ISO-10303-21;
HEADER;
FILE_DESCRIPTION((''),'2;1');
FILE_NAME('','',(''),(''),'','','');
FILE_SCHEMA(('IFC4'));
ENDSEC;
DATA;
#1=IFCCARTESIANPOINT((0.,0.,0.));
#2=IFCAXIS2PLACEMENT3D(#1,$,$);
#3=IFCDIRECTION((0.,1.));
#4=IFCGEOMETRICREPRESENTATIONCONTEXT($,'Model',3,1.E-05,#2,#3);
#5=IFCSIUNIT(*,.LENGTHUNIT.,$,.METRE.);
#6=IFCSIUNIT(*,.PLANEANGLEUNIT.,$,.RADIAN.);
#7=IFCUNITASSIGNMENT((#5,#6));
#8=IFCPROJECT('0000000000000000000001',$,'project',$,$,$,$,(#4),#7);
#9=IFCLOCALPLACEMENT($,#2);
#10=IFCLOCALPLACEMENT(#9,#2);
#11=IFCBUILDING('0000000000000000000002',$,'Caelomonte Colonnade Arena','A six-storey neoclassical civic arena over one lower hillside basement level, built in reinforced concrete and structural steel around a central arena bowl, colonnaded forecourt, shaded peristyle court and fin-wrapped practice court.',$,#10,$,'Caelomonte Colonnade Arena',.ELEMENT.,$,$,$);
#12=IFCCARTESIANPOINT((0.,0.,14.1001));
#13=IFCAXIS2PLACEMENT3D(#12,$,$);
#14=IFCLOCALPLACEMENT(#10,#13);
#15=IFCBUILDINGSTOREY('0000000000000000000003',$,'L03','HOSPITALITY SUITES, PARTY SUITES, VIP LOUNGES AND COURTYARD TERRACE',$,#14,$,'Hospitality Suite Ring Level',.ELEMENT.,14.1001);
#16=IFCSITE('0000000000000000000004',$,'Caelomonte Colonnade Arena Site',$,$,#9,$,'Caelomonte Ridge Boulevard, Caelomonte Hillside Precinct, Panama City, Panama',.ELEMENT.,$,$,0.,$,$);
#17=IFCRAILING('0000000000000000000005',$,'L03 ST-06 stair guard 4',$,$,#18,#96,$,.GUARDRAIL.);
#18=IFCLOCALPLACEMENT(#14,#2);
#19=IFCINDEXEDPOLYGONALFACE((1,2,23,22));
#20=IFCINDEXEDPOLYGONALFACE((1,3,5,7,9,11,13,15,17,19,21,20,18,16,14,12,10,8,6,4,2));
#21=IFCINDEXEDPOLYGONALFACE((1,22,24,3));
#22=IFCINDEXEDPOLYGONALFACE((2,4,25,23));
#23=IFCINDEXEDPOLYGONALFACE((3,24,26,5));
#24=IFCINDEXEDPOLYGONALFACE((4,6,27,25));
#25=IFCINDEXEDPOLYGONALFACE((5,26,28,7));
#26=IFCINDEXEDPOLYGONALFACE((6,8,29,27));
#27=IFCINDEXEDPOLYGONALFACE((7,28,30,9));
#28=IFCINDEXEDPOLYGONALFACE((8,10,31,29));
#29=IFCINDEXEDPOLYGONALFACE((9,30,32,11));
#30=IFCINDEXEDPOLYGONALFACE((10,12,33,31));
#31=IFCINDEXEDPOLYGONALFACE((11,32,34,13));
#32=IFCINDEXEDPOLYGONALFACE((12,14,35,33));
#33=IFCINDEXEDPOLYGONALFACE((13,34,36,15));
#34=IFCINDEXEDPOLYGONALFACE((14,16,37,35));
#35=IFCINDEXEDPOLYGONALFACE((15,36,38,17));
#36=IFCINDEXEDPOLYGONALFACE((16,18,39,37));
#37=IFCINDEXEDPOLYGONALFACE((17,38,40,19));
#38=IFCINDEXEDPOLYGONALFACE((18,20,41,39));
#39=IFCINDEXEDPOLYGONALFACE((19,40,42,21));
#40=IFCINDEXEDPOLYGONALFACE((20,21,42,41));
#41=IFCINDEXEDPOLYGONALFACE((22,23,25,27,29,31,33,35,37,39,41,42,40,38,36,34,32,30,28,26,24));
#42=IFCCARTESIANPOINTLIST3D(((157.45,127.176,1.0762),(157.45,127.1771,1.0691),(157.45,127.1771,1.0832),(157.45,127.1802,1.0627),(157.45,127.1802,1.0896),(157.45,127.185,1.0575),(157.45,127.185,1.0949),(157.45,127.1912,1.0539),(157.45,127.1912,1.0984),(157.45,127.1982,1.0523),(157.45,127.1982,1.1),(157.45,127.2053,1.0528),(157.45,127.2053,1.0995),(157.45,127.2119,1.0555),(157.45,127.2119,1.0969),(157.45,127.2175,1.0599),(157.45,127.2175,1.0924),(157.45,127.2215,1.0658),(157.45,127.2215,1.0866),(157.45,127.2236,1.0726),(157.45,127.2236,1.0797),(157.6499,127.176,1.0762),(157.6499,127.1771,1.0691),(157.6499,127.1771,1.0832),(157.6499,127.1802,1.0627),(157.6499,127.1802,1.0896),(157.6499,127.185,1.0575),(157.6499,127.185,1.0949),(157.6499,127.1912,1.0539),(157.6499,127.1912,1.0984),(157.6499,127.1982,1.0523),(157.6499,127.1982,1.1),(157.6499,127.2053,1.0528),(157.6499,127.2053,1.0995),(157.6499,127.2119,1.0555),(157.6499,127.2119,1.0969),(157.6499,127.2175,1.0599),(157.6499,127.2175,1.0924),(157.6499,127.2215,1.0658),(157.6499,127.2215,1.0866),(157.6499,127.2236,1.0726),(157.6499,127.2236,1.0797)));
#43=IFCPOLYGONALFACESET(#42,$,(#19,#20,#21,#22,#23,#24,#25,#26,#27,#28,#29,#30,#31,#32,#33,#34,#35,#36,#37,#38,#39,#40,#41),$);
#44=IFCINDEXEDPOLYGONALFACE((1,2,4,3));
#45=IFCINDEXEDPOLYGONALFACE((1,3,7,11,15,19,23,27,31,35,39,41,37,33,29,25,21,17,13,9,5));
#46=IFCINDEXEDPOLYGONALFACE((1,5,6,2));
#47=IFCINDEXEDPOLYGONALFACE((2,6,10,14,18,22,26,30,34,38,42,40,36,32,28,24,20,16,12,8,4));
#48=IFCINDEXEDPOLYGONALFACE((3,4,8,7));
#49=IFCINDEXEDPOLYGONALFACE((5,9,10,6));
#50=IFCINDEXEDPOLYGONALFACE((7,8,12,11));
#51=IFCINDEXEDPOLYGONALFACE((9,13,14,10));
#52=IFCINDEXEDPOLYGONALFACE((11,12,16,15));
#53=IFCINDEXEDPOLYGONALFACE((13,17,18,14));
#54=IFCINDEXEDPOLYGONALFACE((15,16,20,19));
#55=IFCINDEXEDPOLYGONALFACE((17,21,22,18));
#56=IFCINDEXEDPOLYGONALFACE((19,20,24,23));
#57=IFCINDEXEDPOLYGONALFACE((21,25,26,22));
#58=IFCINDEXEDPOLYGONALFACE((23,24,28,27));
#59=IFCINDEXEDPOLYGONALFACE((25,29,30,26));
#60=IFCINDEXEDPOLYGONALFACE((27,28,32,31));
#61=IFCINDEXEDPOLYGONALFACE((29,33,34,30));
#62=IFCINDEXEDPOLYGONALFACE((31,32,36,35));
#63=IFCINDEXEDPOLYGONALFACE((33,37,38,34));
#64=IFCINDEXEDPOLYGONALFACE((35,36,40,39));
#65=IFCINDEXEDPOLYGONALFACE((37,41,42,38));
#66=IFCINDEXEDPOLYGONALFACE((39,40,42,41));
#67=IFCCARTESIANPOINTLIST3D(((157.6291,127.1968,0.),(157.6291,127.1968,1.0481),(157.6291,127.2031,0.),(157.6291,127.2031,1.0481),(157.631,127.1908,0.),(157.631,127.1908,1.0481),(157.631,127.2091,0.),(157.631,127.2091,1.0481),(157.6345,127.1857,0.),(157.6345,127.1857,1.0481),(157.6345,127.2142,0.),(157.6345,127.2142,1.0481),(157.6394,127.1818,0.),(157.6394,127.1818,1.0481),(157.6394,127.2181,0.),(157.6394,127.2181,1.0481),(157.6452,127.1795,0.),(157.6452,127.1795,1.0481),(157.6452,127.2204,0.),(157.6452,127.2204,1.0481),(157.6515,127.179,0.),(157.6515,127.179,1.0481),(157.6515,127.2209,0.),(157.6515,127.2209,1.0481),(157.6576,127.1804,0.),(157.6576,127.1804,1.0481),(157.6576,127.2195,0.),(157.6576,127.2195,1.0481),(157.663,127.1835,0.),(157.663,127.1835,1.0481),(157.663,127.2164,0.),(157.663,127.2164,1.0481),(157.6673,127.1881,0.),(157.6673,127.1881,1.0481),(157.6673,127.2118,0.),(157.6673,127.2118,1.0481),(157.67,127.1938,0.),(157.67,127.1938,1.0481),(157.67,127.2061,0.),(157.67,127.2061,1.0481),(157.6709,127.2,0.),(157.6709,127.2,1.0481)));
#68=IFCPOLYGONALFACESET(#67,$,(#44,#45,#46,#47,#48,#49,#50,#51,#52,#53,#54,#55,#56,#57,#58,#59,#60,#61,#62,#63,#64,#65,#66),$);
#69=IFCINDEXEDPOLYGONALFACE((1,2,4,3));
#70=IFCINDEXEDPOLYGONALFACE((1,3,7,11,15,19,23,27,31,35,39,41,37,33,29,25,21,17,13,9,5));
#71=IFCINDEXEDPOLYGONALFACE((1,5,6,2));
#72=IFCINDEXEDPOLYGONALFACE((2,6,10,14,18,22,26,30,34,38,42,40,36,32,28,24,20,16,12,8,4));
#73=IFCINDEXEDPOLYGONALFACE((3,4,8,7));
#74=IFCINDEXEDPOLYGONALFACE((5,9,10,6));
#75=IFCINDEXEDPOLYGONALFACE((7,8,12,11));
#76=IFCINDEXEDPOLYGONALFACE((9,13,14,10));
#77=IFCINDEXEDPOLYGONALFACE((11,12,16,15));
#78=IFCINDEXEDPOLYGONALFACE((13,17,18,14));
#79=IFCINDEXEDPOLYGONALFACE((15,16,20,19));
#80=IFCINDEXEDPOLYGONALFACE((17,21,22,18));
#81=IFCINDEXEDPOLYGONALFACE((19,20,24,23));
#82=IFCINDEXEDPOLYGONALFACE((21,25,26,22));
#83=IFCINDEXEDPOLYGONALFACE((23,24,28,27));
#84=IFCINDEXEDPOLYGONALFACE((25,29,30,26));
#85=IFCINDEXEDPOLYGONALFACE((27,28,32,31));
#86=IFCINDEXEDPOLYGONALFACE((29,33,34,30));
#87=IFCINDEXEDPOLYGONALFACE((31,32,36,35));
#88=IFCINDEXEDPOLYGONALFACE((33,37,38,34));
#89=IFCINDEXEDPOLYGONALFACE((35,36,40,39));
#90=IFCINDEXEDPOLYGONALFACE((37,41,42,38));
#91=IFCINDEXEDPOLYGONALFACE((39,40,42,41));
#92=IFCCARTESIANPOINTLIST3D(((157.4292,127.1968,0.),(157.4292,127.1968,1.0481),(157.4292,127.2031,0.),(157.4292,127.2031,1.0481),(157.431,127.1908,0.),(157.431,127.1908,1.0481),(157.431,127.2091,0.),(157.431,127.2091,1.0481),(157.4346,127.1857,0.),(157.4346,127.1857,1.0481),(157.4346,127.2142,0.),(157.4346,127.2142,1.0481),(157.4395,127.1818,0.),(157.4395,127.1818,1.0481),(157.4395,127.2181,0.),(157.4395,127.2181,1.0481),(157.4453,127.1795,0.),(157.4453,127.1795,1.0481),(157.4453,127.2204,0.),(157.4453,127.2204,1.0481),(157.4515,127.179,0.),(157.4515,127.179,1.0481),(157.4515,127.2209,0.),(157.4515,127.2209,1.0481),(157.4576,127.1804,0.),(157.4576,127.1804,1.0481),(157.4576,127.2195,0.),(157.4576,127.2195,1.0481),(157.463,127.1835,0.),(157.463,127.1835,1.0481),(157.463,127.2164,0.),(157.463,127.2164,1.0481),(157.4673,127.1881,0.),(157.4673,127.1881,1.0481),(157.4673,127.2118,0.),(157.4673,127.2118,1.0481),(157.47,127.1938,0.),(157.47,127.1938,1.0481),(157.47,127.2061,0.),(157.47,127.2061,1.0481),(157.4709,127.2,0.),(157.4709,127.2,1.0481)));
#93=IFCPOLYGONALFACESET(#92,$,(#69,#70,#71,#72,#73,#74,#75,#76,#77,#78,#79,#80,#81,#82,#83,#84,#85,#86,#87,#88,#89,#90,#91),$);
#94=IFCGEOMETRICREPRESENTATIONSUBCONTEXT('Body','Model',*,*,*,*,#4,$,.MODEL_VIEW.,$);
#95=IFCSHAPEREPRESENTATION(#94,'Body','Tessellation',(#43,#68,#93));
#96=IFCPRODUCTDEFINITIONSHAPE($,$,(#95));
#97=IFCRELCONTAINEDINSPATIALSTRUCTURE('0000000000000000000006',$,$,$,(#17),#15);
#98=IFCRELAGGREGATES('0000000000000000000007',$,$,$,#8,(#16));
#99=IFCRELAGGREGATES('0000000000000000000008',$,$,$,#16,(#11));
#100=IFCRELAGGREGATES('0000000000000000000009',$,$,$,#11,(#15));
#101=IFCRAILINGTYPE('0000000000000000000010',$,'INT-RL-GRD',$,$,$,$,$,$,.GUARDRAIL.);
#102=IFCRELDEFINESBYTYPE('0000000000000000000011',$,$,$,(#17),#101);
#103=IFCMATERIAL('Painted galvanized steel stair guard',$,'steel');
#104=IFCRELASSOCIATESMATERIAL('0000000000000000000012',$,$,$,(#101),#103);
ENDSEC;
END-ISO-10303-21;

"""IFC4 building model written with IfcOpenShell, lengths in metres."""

from ifc_helpers import new_model, si_unit, direction, frame, origin, origin_2d, place, context, subcontext, project, spatial, circle, extrude, material, type_object, element, save


model = new_model("IFC4")

# Units and contexts
model_context = context("Model", 3, precision=1e-05, world=origin(), true_north=direction((0.0, 1.0)))
body_context = subcontext(model_context, "Body", "Model", "MODEL_VIEW")
ifc_project = project(units=[si_unit("LENGTHUNIT", "METRE"), si_unit("PLANEANGLEUNIT", "RADIAN")], contexts=[model_context])

# Site, building, storey
site_placement = place(None, origin())
site = spatial("IfcSite", under=ifc_project, at=site_placement, Name="Caelomonte Colonnade Arena Site", LongName="Caelomonte Ridge Boulevard, Caelomonte Hillside Precinct, Panama City, Panama", CompositionType="ELEMENT", RefElevation=0.0)
building_placement = place(site_placement, origin())
building = spatial("IfcBuilding", under=site, at=building_placement, Name="Caelomonte Colonnade Arena", Description="A six-storey neoclassical civic arena over one lower hillside basement level, built in reinforced concrete and structural steel around a central arena bowl, colonnaded forecourt, shaded peristyle court and fin-wrapped practice court.", LongName="Caelomonte Colonnade Arena", CompositionType="ELEMENT")
storey_placement = place(building_placement, frame((0.0, 0.0, 14.1001)))
storey = spatial("IfcBuildingStorey", under=building, at=storey_placement, Name="L03", Description="HOSPITALITY SUITES, PARTY SUITES, VIP LOUNGES AND COURTYARD TERRACE", LongName="Hospitality Suite Ring Level", CompositionType="ELEMENT", Elevation=14.1001)

# Railing
ifc_material_1 = material(Name="Painted galvanized steel stair guard", Category="steel")
railing_type_1 = type_object("IfcRailingType", Name="INT-RL-GRD", PredefinedType="GUARDRAIL", material=ifc_material_1)
railing_1_placement = place(storey_placement, frame((157.6499, 127.2, 0.0)))
element("IfcRailing", 1, at=railing_1_placement, inside=storey, type_object=railing_type_1, Name="L03 ST-06 stair guard 4", PredefinedType="GUARDRAIL", context=body_context, shape_type="SweptSolid", body=[
    extrude(circle(Radius=0.0239, at=origin_2d()), frame((0.0, 0.0, 1.0762), z_axis=(-1.0, 0.0, 0.0), x_axis=(0.0, -1.0, 0.0)), (0.0, 0.0, 1.0), 0.2),
    extrude(circle(Radius=0.021, at=origin_2d()), origin(), (0.0, 0.0, 1.0), 1.0481),
    extrude(circle(Radius=0.021, at=origin_2d()), frame((-0.2, 0.0, 0.0)), (0.0, 0.0, 1.0), 1.0481),
])

save(model, "model.ifc")
